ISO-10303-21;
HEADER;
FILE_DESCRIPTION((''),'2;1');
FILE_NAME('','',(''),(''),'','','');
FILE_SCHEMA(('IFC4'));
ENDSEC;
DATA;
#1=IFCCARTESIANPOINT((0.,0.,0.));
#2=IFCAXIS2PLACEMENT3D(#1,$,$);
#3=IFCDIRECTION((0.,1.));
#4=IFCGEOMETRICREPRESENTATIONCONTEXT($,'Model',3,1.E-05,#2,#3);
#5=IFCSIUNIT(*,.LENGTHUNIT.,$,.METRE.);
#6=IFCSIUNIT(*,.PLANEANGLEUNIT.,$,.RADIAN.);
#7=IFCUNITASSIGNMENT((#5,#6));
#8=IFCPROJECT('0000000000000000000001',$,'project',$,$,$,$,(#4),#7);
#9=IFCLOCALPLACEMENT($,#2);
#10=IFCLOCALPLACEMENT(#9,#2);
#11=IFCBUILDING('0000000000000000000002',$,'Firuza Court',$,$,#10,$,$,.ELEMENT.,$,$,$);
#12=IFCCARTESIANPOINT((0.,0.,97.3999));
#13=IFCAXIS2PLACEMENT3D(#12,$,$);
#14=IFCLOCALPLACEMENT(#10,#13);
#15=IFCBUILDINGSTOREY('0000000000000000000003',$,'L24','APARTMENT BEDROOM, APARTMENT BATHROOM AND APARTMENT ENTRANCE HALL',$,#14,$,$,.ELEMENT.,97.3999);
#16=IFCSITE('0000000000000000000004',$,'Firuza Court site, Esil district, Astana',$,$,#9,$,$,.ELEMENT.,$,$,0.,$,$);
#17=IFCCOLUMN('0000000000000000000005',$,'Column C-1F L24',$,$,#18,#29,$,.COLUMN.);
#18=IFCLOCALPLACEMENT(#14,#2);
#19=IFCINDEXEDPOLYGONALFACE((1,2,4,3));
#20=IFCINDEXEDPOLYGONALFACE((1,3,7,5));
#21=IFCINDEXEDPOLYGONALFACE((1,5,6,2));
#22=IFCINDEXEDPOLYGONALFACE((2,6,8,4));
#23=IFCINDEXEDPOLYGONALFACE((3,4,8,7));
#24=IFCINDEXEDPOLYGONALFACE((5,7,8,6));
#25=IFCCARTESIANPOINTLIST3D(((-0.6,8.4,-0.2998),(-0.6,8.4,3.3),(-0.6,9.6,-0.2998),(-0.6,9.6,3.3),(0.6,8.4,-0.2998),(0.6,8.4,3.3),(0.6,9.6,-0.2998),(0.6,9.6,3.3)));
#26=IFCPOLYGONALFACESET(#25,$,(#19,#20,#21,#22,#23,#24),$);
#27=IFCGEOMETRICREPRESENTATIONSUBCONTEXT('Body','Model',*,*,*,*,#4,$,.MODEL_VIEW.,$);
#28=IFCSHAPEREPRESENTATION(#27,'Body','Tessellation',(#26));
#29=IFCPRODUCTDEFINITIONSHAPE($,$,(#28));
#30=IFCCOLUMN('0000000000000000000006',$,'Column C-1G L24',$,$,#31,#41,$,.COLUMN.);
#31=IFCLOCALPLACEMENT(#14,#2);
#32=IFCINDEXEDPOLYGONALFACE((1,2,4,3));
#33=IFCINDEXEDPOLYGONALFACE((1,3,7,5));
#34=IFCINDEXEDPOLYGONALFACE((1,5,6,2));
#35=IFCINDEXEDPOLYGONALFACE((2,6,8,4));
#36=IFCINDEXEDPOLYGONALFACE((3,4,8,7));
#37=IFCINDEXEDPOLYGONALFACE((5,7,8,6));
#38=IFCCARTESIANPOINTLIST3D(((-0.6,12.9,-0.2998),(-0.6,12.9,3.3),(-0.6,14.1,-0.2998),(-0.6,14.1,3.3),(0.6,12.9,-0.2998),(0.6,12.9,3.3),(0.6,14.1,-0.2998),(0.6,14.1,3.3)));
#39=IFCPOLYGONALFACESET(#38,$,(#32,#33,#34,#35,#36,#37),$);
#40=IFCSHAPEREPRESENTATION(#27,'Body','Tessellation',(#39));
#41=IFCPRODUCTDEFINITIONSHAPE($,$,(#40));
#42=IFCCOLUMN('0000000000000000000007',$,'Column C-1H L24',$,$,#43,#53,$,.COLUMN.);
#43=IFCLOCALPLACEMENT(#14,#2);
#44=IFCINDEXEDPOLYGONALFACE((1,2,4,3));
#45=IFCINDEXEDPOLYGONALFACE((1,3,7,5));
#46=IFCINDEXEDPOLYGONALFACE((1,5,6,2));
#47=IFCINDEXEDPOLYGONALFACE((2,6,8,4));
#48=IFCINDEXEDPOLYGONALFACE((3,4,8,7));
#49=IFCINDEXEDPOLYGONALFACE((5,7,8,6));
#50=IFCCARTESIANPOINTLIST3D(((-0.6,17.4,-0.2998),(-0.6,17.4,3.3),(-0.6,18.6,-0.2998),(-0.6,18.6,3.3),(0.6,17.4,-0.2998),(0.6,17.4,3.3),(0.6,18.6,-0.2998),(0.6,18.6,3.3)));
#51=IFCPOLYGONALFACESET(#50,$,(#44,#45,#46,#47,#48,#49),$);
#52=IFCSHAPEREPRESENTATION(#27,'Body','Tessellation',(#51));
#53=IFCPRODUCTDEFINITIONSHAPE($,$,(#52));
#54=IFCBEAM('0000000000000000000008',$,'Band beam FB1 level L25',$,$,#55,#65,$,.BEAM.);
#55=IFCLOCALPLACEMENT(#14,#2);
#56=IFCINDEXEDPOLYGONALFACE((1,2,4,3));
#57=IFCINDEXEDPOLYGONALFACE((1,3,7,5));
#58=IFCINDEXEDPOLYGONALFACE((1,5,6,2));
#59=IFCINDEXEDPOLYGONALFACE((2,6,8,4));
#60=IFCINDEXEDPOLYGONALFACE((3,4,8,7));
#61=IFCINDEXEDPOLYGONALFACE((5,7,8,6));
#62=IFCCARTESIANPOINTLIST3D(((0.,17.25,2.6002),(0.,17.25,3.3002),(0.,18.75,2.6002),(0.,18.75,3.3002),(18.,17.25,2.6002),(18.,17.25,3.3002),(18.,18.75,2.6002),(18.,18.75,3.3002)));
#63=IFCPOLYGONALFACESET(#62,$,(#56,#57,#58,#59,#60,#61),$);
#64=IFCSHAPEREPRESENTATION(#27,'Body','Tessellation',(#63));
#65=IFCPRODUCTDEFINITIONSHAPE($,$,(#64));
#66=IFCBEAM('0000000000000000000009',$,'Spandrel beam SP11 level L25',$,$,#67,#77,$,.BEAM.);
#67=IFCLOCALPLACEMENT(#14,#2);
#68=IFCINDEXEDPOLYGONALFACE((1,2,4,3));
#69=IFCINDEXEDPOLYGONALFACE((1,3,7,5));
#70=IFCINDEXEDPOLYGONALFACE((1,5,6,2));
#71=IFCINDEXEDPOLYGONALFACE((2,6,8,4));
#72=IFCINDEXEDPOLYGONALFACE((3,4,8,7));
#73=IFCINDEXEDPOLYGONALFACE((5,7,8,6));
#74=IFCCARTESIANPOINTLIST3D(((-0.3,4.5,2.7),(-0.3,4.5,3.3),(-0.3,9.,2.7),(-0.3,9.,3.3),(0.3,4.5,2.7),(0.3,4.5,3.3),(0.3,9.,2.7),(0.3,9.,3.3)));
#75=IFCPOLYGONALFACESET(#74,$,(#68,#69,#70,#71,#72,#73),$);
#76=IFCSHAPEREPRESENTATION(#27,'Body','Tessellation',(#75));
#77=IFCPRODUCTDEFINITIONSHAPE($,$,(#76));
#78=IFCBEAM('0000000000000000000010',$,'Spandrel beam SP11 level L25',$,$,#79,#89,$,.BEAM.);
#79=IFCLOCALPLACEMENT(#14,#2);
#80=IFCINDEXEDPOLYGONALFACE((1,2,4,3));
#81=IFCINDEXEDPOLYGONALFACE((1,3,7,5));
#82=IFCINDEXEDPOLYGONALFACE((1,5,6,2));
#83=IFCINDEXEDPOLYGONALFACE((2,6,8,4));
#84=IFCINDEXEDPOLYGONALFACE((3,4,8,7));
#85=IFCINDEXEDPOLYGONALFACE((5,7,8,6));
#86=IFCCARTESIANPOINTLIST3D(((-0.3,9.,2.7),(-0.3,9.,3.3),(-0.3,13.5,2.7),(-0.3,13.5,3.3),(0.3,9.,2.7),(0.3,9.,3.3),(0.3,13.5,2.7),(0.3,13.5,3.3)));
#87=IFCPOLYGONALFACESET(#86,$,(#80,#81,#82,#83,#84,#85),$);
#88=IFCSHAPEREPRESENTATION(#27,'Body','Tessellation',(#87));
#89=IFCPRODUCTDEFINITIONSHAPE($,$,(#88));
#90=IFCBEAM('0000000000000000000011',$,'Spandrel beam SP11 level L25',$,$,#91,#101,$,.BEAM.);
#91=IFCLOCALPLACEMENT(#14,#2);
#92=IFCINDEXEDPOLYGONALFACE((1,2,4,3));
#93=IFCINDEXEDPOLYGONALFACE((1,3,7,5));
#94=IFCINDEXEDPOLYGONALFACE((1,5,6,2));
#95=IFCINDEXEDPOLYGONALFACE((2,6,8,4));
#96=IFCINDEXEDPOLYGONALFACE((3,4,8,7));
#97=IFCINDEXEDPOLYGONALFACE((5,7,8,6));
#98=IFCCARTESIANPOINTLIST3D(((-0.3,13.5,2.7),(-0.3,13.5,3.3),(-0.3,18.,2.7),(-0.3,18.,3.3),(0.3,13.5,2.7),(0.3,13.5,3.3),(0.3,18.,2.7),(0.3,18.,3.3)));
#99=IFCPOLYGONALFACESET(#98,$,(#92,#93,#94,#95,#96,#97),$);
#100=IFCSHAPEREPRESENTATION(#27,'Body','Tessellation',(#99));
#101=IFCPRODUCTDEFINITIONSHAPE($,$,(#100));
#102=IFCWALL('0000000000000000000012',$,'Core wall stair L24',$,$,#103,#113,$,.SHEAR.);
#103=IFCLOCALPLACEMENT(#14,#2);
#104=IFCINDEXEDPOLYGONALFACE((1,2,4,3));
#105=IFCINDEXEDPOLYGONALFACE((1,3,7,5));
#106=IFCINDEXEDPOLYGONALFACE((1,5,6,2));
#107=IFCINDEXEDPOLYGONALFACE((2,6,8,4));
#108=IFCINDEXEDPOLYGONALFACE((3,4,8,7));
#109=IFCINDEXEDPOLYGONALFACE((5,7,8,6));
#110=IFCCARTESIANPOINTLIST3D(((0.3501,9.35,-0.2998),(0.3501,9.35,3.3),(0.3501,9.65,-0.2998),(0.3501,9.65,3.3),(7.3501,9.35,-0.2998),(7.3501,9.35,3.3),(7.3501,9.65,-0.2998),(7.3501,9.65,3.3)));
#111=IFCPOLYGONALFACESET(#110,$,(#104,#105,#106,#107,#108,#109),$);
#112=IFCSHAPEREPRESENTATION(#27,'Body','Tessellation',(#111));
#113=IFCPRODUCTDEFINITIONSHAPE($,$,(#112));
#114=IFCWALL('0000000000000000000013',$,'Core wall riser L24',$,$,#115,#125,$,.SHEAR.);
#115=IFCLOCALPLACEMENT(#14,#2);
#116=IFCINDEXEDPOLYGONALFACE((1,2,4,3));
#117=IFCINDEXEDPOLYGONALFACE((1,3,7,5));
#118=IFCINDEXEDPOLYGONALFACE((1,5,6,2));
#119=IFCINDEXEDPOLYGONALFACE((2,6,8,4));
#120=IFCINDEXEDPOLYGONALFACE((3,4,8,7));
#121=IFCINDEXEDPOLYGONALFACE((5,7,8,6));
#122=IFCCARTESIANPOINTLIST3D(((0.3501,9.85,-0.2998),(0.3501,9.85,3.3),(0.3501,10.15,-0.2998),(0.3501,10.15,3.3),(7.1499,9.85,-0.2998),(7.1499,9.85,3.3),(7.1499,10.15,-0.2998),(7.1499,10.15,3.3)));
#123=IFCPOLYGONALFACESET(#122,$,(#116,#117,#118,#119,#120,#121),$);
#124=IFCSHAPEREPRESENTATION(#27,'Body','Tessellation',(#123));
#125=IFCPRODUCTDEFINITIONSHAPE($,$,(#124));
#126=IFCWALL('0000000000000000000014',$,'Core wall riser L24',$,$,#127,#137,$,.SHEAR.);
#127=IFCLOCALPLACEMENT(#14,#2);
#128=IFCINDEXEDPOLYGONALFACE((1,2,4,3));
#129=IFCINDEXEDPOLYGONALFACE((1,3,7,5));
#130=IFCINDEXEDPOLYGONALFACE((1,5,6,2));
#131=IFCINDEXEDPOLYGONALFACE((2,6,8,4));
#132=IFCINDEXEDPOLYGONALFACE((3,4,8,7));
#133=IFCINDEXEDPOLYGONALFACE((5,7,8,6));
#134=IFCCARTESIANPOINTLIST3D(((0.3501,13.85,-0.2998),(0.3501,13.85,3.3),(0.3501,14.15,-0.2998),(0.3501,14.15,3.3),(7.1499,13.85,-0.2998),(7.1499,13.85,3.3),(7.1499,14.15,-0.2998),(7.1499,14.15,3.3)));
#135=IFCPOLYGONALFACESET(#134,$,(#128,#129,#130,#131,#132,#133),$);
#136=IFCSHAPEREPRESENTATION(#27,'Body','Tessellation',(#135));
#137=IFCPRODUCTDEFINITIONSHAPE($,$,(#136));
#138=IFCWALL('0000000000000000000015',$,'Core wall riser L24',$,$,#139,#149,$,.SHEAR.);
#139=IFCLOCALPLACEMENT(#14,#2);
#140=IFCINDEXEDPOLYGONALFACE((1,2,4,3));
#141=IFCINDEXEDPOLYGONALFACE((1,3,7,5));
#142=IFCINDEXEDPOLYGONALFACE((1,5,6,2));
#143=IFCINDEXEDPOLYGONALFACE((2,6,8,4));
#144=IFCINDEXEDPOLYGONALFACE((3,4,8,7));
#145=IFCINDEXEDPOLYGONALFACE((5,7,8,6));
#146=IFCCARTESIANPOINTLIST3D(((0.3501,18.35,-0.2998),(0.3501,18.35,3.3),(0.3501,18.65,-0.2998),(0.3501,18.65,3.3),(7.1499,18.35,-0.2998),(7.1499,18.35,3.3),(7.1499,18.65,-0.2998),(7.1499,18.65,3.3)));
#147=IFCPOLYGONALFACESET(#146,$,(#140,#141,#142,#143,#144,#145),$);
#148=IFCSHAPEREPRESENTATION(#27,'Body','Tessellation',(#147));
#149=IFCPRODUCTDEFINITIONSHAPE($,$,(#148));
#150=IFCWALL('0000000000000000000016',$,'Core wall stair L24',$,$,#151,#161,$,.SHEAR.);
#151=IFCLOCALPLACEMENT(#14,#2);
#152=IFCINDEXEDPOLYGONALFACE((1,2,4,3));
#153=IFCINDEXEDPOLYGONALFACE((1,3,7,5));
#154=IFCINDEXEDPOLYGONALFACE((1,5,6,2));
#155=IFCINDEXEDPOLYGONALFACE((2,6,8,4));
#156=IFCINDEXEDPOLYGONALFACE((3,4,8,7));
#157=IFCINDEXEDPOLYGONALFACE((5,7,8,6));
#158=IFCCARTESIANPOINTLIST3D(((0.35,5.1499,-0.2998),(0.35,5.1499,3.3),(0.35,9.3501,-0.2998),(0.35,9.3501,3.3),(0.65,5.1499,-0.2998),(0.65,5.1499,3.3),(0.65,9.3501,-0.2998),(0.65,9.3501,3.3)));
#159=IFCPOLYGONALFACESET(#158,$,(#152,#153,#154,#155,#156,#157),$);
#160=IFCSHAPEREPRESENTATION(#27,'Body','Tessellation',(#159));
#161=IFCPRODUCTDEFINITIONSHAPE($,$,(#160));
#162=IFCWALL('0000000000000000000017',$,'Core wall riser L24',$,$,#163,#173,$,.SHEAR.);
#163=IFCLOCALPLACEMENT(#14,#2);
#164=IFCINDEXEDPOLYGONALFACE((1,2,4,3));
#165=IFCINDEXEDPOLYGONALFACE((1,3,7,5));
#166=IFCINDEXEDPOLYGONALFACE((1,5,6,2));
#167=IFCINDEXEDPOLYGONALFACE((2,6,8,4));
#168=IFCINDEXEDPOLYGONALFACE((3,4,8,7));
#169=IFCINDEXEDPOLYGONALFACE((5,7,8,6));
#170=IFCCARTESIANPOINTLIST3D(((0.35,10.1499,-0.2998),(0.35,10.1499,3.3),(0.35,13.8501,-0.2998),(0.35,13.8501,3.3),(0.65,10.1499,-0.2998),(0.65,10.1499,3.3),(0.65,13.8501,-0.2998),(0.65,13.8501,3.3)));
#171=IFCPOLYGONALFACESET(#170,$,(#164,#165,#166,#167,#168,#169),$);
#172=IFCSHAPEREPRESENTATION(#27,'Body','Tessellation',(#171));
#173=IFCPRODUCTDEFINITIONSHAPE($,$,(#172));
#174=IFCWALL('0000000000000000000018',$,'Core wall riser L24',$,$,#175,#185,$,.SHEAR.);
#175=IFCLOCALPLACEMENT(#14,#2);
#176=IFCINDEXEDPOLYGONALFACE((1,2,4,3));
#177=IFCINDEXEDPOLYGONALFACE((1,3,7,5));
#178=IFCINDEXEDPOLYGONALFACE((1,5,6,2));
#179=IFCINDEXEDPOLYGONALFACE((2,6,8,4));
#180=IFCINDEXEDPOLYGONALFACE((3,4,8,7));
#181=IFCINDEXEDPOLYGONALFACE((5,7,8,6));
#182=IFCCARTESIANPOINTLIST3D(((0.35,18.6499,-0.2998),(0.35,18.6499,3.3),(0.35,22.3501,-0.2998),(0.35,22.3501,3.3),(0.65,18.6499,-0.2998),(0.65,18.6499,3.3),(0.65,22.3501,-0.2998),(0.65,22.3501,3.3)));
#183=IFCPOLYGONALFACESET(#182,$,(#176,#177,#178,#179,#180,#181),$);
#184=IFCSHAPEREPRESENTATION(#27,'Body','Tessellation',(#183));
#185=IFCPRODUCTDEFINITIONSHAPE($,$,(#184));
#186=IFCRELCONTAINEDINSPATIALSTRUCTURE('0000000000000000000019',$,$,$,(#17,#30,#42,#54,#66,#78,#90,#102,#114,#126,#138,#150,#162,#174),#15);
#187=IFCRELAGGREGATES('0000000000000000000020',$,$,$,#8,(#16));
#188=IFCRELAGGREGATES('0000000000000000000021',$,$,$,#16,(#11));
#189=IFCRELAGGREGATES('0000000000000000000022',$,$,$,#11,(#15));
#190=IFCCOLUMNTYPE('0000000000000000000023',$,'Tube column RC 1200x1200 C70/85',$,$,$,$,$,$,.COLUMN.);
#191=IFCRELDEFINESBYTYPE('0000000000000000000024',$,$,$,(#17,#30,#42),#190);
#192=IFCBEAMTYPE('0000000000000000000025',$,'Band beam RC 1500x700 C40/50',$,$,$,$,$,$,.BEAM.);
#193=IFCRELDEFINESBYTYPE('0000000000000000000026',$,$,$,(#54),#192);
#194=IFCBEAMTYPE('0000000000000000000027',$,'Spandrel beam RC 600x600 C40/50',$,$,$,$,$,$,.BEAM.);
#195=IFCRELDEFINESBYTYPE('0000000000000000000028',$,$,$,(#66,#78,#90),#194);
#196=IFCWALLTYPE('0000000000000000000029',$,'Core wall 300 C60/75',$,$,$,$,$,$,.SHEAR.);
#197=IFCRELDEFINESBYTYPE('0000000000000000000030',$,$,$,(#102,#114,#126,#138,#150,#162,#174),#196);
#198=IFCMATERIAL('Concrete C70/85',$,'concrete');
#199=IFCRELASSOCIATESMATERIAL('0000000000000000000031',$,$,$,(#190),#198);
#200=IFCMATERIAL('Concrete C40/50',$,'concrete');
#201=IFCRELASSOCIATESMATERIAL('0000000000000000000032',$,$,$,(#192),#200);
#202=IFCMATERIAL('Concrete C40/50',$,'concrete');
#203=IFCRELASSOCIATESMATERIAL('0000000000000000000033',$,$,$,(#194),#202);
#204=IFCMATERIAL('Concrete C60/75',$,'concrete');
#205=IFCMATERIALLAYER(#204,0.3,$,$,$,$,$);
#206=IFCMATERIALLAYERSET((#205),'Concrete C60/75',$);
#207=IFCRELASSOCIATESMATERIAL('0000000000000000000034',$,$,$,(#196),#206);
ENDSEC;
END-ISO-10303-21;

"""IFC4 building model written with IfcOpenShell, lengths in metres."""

from ifc_helpers import new_model, si_unit, direction, frame, frame_2d, origin, origin_2d, place, context, subcontext, project, spatial, rectangle, extrude, material, layer, layer_set, material_profile, profile_set, type_object, element, save


model = new_model("IFC4")

# Units and contexts
model_context = context("Model", 3, precision=1e-05, world=origin(), true_north=direction((0.0, 1.0)))
body_context = subcontext(model_context, "Body", "Model", "MODEL_VIEW")
ifc_project = project(units=[si_unit("LENGTHUNIT", "METRE"), si_unit("PLANEANGLEUNIT", "RADIAN")], contexts=[model_context])

# Site, building, storey
site_placement = place(None, origin())
site = spatial("IfcSite", under=ifc_project, at=site_placement, Name="Firuza Court site, Esil district, Astana", CompositionType="ELEMENT", RefElevation=0.0)
building_placement = place(site_placement, origin())
building = spatial("IfcBuilding", under=site, at=building_placement, Name="Firuza Court", CompositionType="ELEMENT")
storey_placement = place(building_placement, frame((0.0, 0.0, 97.3999)))
storey = spatial("IfcBuildingStorey", under=building, at=storey_placement, Name="L24", Description="APARTMENT BEDROOM, APARTMENT BATHROOM AND APARTMENT ENTRANCE HALL", CompositionType="ELEMENT", Elevation=97.3999)

# Columns
ifc_material_1 = material(Name="Concrete C70/85", Category="concrete")
ifc_material_profile_1 = material_profile(ifc_material_1, rectangle(XDim=1.2, YDim=1.2, at=origin_2d()), Name="RC 1200x1200")
ifc_profile_set_1 = profile_set([ifc_material_profile_1], Name="Concrete C70/85")
column_type = type_object("IfcColumnType", Name="Tube column RC 1200x1200 C70/85", PredefinedType="COLUMN", material=ifc_profile_set_1)
for number, where, z_axis, x_axis, name in (
    (1, (0.0, 9.0, -0.2998), (0.0, 0.0, 1.0), (1.0, 0.0, 0.0), "Column C-1F L24"),
    (2, (0.0, 13.5, -0.2998), (0.0, 0.0, 1.0), (1.0, 0.0, 0.0), "Column C-1G L24"),
    (3, (0.0, 18.0, -0.2998), (0.0, 0.0, 1.0), (1.0, 0.0, 0.0), "Column C-1H L24"),
):
    element("IfcColumn", number, at=place(storey_placement, frame(where, z_axis=z_axis, x_axis=x_axis)), inside=storey, type_object=column_type, Name=name, PredefinedType="COLUMN", context=body_context, shape_type="SweptSolid", body=[
        extrude(rectangle(XDim=1.2, YDim=1.2, at=origin_2d()), origin(), (0.0, 0.0, 1.0), 3.5999),
    ])

# Beams
ifc_material_2 = material(Name="Concrete C40/50", Category="concrete")
ifc_material_profile_2 = material_profile(ifc_material_2, rectangle(XDim=1.5, YDim=0.7, at=origin_2d()), Name="RC 1500x700")
ifc_profile_set_2 = profile_set([ifc_material_profile_2], Name="Concrete C40/50")
beam_type_1 = type_object("IfcBeamType", Name="Band beam RC 1500x700 C40/50", PredefinedType="BEAM", material=ifc_profile_set_2)
beam_placement = place(storey_placement, frame((0.0, 18.0, 2.9502), z_axis=(1.0, 0.0, 0.0), x_axis=(0.0, 1.0, 0.0)))
element("IfcBeam", 4, at=beam_placement, inside=storey, type_object=beam_type_1, Name="Band beam FB1 level L25", PredefinedType="BEAM", context=body_context, shape_type="SweptSolid", body=[
    extrude(rectangle(XDim=1.5, YDim=0.7, at=origin_2d()), origin(), (0.0, 0.0, 1.0), 18.0),
])
ifc_material_3 = material(Name="Concrete C40/50", Category="concrete")
ifc_material_profile_3 = material_profile(ifc_material_3, rectangle(XDim=0.6001, YDim=0.6001, at=origin_2d()), Name="RC 600x600")
ifc_profile_set_3 = profile_set([ifc_material_profile_3], Name="Concrete C40/50")
beam_type_2 = type_object("IfcBeamType", Name="Spandrel beam RC 600x600 C40/50", PredefinedType="BEAM", material=ifc_profile_set_3)
for number, where, z_axis, x_axis, name in (
    (5, (0.0, 9.0, 3.0), (0.0, -1.0, 0.0), (1.0, 0.0, 0.0), "Spandrel beam SP11 level L25"),
    (6, (0.0, 13.5, 3.0), (0.0, -1.0, 0.0), (1.0, 0.0, 0.0), "Spandrel beam SP11 level L25"),
    (7, (0.0, 18.0, 3.0), (0.0, -1.0, 0.0), (1.0, 0.0, 0.0), "Spandrel beam SP11 level L25"),
):
    element("IfcBeam", number, at=place(storey_placement, frame(where, z_axis=z_axis, x_axis=x_axis)), inside=storey, type_object=beam_type_2, Name=name, PredefinedType="BEAM", context=body_context, shape_type="SweptSolid", body=[
        extrude(rectangle(XDim=0.6001, YDim=0.6001, at=origin_2d()), origin(), (0.0, 0.0, 1.0), 4.5),
    ])

# Walls
ifc_material_4 = material(Name="Concrete C60/75", Category="concrete")
ifc_layer_1 = layer(ifc_material_4, 0.3)
ifc_layer_set_1 = layer_set([ifc_layer_1], Name="Concrete C60/75")
wall_type_1 = type_object("IfcWallType", Name="Core wall 300 C60/75", PredefinedType="SHEAR", material=ifc_layer_set_1)
wall_1_placement = place(storey_placement, frame((0.3501, 9.5, -0.2998), z_axis=(0.0, 0.0, 1.0), x_axis=(1.0, 0.0, 0.0)))
element("IfcWall", 8, at=wall_1_placement, inside=storey, type_object=wall_type_1, Name="Core wall stair L24", PredefinedType="SHEAR", context=body_context, shape_type="SweptSolid", body=[
    extrude(rectangle(XDim=7.0, YDim=0.3, at=frame_2d((3.5, 0.0))), origin(), (0.0, 0.0, 1.0), 3.5999),
])
for number, where, z_axis, x_axis, name in (
    (9, (0.3501, 10.0, -0.2998), (0.0, 0.0, 1.0), (1.0, 0.0, 0.0), "Core wall riser L24"),
    (10, (0.3501, 14.0, -0.2998), (0.0, 0.0, 1.0), (1.0, 0.0, 0.0), "Core wall riser L24"),
    (11, (0.3501, 18.5, -0.2998), (0.0, 0.0, 1.0), (1.0, 0.0, 0.0), "Core wall riser L24"),
):
    element("IfcWall", number, at=place(storey_placement, frame(where, z_axis=z_axis, x_axis=x_axis)), inside=storey, type_object=wall_type_1, Name=name, PredefinedType="SHEAR", context=body_context, shape_type="SweptSolid", body=[
        extrude(rectangle(XDim=6.7998, YDim=0.3, at=frame_2d((3.3999, 0.0))), origin(), (0.0, 0.0, 1.0), 3.5999),
    ])
wall_2_placement = place(storey_placement, frame((0.5, 5.1499, -0.2998), z_axis=(0.0, 0.0, 1.0), x_axis=(0.0, 1.0, 0.0)))
element("IfcWall", 12, at=wall_2_placement, inside=storey, type_object=wall_type_1, Name="Core wall stair L24", PredefinedType="SHEAR", context=body_context, shape_type="SweptSolid", body=[
    extrude(rectangle(XDim=4.2002, YDim=0.3, at=frame_2d((2.1001, 0.0))), origin(), (0.0, 0.0, 1.0), 3.5999),
])
for number, where, z_axis, x_axis, name in (
    (13, (0.5, 10.1499, -0.2998), (0.0, 0.0, 1.0), (0.0, 1.0, 0.0), "Core wall riser L24"),
    (14, (0.5, 18.6499, -0.2998), (0.0, 0.0, 1.0), (0.0, 1.0, 0.0), "Core wall riser L24"),
):
    element("IfcWall", number, at=place(storey_placement, frame(where, z_axis=z_axis, x_axis=x_axis)), inside=storey, type_object=wall_type_1, Name=name, PredefinedType="SHEAR", context=body_context, shape_type="SweptSolid", body=[
        extrude(rectangle(XDim=3.7002, YDim=0.3, at=frame_2d((1.8501, 0.0))), origin(), (0.0, 0.0, 1.0), 3.5999),
    ])

save(model, "model.ifc")
